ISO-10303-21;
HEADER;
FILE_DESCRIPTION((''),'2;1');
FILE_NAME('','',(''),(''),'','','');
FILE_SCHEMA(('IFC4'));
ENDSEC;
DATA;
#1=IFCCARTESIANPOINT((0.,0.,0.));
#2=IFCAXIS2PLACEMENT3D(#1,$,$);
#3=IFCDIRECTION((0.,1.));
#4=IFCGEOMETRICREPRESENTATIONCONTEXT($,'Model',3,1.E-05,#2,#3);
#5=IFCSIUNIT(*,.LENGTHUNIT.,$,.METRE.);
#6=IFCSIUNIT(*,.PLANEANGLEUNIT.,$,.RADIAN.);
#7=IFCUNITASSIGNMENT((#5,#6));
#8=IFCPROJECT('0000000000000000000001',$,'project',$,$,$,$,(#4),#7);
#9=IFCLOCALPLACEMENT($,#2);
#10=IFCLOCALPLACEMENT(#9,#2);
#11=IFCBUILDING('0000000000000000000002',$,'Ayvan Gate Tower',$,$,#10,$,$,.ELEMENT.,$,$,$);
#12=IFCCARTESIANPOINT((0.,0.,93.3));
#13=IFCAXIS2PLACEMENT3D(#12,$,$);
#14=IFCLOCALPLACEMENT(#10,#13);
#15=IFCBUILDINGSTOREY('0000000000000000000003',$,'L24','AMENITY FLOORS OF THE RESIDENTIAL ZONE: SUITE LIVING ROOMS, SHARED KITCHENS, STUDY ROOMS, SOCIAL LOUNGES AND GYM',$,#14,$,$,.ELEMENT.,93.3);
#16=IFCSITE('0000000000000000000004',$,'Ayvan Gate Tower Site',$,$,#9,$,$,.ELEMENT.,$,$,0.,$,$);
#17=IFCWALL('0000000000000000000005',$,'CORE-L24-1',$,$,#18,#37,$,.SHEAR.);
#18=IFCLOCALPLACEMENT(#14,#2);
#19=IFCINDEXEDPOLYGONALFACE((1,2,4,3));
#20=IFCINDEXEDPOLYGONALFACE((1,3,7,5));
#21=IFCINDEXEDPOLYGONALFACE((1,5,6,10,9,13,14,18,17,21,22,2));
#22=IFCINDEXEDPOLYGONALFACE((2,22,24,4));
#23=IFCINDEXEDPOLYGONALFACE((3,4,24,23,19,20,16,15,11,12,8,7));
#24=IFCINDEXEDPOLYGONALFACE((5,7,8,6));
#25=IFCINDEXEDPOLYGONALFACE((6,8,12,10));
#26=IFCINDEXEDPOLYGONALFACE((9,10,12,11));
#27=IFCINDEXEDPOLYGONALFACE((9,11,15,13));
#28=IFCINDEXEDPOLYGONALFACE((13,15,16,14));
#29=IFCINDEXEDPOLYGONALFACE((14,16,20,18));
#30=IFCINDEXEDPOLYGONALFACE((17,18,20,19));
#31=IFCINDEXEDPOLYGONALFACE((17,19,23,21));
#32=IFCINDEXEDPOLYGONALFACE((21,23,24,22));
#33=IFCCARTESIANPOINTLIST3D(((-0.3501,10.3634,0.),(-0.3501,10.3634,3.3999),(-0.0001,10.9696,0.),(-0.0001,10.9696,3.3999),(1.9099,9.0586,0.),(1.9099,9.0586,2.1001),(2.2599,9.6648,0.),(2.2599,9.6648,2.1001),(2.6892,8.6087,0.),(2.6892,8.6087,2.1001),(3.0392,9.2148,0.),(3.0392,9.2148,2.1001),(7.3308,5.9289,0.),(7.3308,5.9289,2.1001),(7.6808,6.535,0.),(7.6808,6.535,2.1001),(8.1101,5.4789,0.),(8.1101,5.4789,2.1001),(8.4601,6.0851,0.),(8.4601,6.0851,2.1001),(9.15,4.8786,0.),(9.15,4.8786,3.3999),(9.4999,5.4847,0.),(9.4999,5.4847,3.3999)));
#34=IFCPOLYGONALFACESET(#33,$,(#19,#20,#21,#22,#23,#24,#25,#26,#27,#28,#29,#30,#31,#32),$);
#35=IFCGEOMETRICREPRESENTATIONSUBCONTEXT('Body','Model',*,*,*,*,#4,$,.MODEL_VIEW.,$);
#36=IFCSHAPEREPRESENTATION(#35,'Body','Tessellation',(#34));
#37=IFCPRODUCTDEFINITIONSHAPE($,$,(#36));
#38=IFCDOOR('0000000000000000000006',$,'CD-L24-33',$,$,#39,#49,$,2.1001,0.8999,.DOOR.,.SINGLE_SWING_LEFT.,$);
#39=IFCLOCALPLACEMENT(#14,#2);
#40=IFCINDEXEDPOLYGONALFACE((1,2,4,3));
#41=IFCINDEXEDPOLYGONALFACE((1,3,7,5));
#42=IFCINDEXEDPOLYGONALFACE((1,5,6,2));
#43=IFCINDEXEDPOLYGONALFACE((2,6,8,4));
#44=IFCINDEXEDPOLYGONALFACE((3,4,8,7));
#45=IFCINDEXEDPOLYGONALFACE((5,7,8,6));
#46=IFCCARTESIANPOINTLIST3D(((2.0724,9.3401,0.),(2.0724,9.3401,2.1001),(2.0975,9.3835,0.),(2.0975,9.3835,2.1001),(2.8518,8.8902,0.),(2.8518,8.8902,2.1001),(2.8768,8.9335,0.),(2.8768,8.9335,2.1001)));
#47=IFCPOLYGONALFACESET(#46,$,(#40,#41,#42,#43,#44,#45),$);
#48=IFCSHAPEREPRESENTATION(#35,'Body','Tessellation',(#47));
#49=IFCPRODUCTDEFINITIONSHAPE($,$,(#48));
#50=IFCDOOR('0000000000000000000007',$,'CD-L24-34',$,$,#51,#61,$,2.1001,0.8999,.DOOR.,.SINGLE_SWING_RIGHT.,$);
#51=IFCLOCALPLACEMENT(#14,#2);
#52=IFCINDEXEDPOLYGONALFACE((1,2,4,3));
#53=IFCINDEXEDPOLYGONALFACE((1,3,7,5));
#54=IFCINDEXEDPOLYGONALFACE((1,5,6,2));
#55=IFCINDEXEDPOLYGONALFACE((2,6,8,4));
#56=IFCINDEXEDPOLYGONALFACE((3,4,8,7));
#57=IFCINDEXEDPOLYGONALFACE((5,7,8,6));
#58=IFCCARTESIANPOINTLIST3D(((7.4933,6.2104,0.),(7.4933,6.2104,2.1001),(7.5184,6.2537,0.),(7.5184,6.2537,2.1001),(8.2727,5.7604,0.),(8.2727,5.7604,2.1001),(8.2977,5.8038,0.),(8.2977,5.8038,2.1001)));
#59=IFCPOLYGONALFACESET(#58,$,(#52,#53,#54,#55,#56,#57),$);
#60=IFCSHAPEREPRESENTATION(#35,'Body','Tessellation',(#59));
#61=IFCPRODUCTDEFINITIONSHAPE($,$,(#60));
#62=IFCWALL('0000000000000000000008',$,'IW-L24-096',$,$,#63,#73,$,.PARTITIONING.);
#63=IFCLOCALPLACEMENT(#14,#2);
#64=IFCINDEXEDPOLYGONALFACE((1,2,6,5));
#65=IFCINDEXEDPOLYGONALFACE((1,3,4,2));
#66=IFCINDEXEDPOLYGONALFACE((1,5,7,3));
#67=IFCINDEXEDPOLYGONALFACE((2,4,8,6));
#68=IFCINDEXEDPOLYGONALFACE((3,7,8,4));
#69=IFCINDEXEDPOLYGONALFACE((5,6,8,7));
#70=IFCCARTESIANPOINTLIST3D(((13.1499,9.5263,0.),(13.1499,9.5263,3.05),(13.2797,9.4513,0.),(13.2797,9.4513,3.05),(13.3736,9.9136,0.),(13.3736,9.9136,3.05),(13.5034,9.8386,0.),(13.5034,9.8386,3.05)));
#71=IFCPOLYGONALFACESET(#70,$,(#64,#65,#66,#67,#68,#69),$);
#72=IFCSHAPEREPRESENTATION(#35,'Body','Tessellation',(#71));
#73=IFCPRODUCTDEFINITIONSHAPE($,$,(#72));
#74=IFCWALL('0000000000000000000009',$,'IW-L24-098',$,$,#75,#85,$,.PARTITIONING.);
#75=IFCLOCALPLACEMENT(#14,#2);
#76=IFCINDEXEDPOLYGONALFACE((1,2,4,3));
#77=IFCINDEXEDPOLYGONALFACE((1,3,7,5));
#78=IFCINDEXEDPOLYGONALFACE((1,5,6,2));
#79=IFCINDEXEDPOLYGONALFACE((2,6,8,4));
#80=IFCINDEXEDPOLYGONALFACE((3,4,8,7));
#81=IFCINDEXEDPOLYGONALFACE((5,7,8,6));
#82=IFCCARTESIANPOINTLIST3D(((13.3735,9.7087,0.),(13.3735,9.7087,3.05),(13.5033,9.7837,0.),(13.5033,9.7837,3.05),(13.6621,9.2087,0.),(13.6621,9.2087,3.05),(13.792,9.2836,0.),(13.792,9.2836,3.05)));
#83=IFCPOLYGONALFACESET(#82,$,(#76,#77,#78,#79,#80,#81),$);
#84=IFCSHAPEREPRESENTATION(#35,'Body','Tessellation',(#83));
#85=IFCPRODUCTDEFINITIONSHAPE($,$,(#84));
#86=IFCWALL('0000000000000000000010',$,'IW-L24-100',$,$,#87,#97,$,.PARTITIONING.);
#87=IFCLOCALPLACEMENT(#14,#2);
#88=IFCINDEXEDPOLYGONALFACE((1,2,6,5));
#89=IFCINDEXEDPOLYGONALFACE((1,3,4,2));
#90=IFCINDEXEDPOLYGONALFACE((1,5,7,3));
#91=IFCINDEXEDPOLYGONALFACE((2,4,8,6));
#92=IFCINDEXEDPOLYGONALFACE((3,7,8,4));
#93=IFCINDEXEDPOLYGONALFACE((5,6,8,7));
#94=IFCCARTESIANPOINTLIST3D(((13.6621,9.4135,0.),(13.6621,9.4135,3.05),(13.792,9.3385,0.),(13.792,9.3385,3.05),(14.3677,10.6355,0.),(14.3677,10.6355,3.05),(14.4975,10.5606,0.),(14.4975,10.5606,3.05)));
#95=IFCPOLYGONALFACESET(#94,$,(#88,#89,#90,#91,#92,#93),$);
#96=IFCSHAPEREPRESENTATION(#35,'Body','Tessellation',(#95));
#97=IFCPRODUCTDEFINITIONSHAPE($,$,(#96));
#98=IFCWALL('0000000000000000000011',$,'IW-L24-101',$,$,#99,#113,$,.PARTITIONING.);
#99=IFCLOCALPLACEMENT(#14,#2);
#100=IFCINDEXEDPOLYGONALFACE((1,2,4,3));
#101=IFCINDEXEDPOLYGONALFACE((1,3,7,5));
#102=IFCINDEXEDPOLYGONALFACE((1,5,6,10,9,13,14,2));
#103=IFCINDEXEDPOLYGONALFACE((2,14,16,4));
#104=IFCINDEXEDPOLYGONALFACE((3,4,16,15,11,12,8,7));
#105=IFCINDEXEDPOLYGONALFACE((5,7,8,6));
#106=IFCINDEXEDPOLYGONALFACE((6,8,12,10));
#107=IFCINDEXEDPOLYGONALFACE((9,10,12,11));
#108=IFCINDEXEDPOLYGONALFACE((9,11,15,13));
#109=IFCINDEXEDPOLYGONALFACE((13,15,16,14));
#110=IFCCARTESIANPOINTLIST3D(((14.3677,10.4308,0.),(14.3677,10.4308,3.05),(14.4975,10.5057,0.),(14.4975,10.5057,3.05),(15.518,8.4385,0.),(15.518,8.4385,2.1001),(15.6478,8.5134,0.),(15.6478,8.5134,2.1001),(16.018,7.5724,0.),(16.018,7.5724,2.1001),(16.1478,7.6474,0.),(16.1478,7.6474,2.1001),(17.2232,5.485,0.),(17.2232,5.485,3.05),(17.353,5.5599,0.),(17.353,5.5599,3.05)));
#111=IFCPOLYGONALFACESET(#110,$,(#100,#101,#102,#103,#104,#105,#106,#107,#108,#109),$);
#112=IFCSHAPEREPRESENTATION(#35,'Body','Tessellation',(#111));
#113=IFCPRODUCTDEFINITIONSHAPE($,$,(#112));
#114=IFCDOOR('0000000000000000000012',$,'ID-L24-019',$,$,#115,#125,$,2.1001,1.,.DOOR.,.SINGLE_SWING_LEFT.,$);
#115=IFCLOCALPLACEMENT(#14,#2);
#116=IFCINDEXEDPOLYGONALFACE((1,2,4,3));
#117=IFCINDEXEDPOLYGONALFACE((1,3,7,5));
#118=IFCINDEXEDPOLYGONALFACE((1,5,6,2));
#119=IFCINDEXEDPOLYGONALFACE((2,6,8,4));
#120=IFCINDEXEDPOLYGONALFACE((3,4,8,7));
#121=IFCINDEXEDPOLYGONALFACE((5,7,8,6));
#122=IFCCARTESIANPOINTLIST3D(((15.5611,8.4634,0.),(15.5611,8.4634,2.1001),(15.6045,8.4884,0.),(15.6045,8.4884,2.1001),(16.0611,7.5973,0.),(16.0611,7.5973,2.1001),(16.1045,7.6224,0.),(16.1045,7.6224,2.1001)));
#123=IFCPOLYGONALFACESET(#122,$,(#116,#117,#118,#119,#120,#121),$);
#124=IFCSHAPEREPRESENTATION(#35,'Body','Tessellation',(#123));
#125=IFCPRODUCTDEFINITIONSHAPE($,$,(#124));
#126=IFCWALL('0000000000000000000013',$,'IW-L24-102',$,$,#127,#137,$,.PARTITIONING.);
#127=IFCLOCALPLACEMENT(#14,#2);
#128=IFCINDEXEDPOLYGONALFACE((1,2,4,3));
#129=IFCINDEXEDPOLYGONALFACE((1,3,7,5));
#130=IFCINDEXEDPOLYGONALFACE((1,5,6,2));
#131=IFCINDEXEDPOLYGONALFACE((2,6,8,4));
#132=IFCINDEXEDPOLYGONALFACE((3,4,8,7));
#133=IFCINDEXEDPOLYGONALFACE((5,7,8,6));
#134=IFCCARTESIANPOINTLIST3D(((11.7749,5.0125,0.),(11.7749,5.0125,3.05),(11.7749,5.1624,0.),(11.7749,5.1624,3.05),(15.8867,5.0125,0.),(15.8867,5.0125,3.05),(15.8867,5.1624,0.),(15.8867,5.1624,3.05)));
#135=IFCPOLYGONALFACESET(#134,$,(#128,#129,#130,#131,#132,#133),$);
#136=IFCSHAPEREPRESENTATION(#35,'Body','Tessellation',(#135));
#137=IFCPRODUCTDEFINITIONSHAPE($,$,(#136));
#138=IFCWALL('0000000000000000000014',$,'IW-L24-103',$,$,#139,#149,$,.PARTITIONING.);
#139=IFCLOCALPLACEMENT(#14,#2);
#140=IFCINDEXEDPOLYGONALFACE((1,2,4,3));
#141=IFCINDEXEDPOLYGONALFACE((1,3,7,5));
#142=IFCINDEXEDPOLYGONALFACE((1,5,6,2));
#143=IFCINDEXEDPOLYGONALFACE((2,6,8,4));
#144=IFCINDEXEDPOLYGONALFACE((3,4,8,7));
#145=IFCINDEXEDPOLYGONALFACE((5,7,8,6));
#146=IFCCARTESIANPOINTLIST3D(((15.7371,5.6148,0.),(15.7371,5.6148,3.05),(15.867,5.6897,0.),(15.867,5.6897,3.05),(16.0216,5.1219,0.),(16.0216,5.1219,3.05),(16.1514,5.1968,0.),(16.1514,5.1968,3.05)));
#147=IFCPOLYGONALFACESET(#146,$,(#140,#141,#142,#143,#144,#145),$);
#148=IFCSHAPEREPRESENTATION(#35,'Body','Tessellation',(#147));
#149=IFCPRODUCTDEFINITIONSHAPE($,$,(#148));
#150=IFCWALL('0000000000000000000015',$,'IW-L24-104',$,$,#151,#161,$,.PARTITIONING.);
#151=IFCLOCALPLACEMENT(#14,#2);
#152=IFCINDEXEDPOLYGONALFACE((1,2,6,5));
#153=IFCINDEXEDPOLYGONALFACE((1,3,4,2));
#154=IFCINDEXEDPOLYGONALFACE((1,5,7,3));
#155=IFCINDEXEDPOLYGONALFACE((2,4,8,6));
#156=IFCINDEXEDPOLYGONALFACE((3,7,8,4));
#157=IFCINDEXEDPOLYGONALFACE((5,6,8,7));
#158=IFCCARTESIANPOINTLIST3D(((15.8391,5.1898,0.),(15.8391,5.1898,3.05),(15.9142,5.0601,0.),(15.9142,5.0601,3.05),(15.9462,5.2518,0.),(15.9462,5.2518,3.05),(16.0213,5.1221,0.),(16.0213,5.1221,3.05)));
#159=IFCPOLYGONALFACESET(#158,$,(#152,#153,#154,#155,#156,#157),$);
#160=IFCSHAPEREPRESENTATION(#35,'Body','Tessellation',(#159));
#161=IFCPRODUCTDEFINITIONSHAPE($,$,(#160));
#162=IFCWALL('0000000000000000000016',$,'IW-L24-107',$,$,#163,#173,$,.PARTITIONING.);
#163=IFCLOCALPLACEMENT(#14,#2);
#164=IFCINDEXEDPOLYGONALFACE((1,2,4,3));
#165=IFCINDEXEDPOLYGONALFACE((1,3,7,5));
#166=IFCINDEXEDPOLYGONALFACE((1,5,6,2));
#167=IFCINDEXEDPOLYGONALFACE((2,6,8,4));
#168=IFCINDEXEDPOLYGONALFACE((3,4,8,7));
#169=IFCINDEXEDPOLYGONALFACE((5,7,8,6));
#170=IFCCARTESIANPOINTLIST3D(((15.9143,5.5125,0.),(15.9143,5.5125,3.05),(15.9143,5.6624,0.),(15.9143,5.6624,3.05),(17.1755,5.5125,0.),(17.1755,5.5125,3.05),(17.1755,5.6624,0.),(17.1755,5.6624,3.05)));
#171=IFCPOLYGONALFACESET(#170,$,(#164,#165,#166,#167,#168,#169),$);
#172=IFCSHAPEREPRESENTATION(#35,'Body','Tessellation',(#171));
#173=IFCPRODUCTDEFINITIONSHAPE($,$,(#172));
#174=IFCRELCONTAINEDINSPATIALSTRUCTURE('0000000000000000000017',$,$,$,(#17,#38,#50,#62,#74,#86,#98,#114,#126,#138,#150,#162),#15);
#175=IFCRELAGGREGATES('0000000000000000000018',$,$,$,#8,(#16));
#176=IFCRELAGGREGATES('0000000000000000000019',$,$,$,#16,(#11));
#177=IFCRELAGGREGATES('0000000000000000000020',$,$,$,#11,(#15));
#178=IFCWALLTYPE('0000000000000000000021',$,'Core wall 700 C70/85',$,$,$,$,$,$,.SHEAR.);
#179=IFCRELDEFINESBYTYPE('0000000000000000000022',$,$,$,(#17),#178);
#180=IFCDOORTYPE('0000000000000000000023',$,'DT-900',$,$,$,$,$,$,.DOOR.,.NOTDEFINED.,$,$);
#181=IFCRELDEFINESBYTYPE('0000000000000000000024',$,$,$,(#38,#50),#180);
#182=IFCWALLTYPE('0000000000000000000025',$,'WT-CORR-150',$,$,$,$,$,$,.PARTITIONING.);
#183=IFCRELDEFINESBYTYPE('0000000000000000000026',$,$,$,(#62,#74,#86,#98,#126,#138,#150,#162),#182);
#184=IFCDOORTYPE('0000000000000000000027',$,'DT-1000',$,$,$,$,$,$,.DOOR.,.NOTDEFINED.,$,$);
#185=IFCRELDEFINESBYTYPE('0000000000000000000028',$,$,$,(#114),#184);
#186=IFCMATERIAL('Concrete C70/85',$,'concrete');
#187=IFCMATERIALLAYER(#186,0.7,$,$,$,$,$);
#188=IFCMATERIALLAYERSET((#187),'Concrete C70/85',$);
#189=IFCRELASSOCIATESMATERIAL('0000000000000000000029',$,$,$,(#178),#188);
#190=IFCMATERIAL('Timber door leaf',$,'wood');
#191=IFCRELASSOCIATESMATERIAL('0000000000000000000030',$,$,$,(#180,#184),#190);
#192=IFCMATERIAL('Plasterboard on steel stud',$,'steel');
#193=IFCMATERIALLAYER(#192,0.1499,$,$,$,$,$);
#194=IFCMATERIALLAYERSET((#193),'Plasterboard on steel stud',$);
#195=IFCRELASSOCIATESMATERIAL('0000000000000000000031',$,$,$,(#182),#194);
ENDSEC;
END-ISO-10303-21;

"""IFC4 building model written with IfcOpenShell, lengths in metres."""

from ifc_helpers import new_model, si_unit, direction, frame, frame_2d, origin, place, context, subcontext, project, spatial, rectangle, extrude, material, layer, layer_set, type_object, element, fill, save


model = new_model("IFC4")

# Units and contexts
model_context = context("Model", 3, precision=1e-05, world=origin(), true_north=direction((0.0, 1.0)))
body_context = subcontext(model_context, "Body", "Model", "MODEL_VIEW")
ifc_project = project(units=[si_unit("LENGTHUNIT", "METRE"), si_unit("PLANEANGLEUNIT", "RADIAN")], contexts=[model_context])

# Site, building, storey
site_placement = place(None, origin())
site = spatial("IfcSite", under=ifc_project, at=site_placement, Name="Ayvan Gate Tower Site", CompositionType="ELEMENT", RefElevation=0.0)
building_placement = place(site_placement, origin())
building = spatial("IfcBuilding", under=site, at=building_placement, Name="Ayvan Gate Tower", CompositionType="ELEMENT")
storey_placement = place(building_placement, frame((0.0, 0.0, 93.3)))
storey = spatial("IfcBuildingStorey", under=building, at=storey_placement, Name="L24", Description="AMENITY FLOORS OF THE RESIDENTIAL ZONE: SUITE LIVING ROOMS, SHARED KITCHENS, STUDY ROOMS, SOCIAL LOUNGES AND GYM", CompositionType="ELEMENT", Elevation=93.3)

# Wall, openings, doors
ifc_material_1 = material(Name="Concrete C70/85", Category="concrete")
ifc_layer_1 = layer(ifc_material_1, 0.7)
ifc_layer_set_1 = layer_set([ifc_layer_1], Name="Concrete C70/85")
wall_type_1 = type_object("IfcWallType", Name="Core wall 700 C70/85", PredefinedType="SHEAR", material=ifc_layer_set_1)
wall_1_placement = place(storey_placement, frame((9.325, 5.1816, 0.0), z_axis=(0.0, 0.0, 1.0), x_axis=(-0.866024, 0.500002, 0.0)))
wall_1 = element("IfcWall", 1, at=wall_1_placement, inside=storey, type_object=wall_type_1, Name="CORE-L24-1", PredefinedType="SHEAR", context=body_context, shape_type="SweptSolid", body=[
    extrude(rectangle(XDim=10.9697, YDim=0.7, at=frame_2d((5.4849, 0.0))), origin(), (0.0, 0.0, 1.0), 3.3999),
])
opening_1_placement = place(wall_1_placement, frame((7.4602, 0.0, 0.0)))
opening_1 = element("IfcOpeningElement", 2, at=opening_1_placement, cuts=wall_1, PredefinedType="OPENING", context=body_context, shape_type="SweptSolid", body=[
    extrude(rectangle(XDim=0.8999, YDim=2.1001, at=frame_2d((0.45, 1.05))), frame((0.0, 0.3599, 0.0), z_axis=(0.0, -1.0, 0.0), x_axis=(1.0, 0.0, 0.0)), (0.0, 0.0, 1.0), 0.72),
])
opening_2_placement = place(wall_1_placement, frame((1.2007, 0.0, 0.0)))
opening_2 = element("IfcOpeningElement", 3, at=opening_2_placement, cuts=wall_1, PredefinedType="OPENING", context=body_context, shape_type="SweptSolid", body=[
    extrude(rectangle(XDim=0.8999, YDim=2.1001, at=frame_2d((0.45, 1.05))), frame((0.0, 0.3599, 0.0), z_axis=(0.0, -1.0, 0.0), x_axis=(1.0, 0.0, 0.0)), (0.0, 0.0, 1.0), 0.72),
])
ifc_material_2 = material(Name="Timber door leaf", Category="wood")
door_type_1 = type_object("IfcDoorType", Name="DT-900", OperationType="NOTDEFINED", PredefinedType="DOOR", material=ifc_material_2)
door_1_placement = place(opening_1_placement, origin())
door_1 = element("IfcDoor", 4, at=door_1_placement, inside=storey, type_object=door_type_1, Name="CD-L24-33", OperationType="SINGLE_SWING_LEFT", OverallHeight=2.1001, OverallWidth=0.8999, PredefinedType="DOOR", context=body_context, shape_type="SweptSolid", body=[
    extrude(rectangle(XDim=0.8999, YDim=2.1001, at=frame_2d((0.45, 1.05))), frame((0.0, 0.0249, 0.0), z_axis=(0.0, -1.0, 0.0), x_axis=(1.0, 0.0, 0.0)), (0.0, 0.0, 1.0), 0.05),
])
fill(opening_1, door_1)
door_2_placement = place(opening_2_placement, origin())
door_2 = element("IfcDoor", 5, at=door_2_placement, inside=storey, type_object=door_type_1, Name="CD-L24-34", OperationType="SINGLE_SWING_RIGHT", OverallHeight=2.1001, OverallWidth=0.8999, PredefinedType="DOOR", context=body_context, shape_type="SweptSolid", body=[
    extrude(rectangle(XDim=0.8999, YDim=2.1001, at=frame_2d((0.45, 1.05))), frame((0.0, 0.0249, 0.0), z_axis=(0.0, -1.0, 0.0), x_axis=(1.0, 0.0, 0.0)), (0.0, 0.0, 1.0), 0.05),
])
fill(opening_2, door_2)

# Walls
ifc_material_3 = material(Name="Plasterboard on steel stud", Category="steel")
ifc_layer_2 = layer(ifc_material_3, 0.1499)
ifc_layer_set_2 = layer_set([ifc_layer_2], Name="Plasterboard on steel stud")
wall_type_2 = type_object("IfcWallType", Name="WT-CORR-150", PredefinedType="PARTITIONING", material=ifc_layer_set_2)
wall_2_placement = place(storey_placement, frame((13.2148, 9.4888, 0.0), z_axis=(0.0, 0.0, 1.0), x_axis=(0.500132, 0.865949, 0.0)))
element("IfcWall", 6, at=wall_2_placement, inside=storey, type_object=wall_type_2, Name="IW-L24-096", PredefinedType="PARTITIONING", context=body_context, shape_type="SweptSolid", body=[
    extrude(rectangle(XDim=0.4473, YDim=0.1499, at=frame_2d((0.2236, 0.0))), origin(), (0.0, 0.0, 1.0), 3.05),
])
wall_3_placement = place(storey_placement, frame((13.4385, 9.7461, 0.0), z_axis=(0.0, 0.0, 1.0), x_axis=(0.499869, -0.866101, 0.0)))
element("IfcWall", 7, at=wall_3_placement, inside=storey, type_object=wall_type_2, Name="IW-L24-098", PredefinedType="PARTITIONING", context=body_context, shape_type="SweptSolid", body=[
    extrude(rectangle(XDim=0.5774, YDim=0.1499, at=frame_2d((0.2886, 0.0))), origin(), (0.0, 0.0, 1.0), 3.05),
])
wall_4_placement = place(storey_placement, frame((13.7271, 9.376, 0.0), z_axis=(0.0, 0.0, 1.0), x_axis=(0.499972, 0.866042, 0.0)))
element("IfcWall", 8, at=wall_4_placement, inside=storey, type_object=wall_type_2, Name="IW-L24-100", PredefinedType="PARTITIONING", context=body_context, shape_type="SweptSolid", body=[
    extrude(rectangle(XDim=1.4111, YDim=0.1499, at=frame_2d((0.7056, 0.0))), origin(), (0.0, 0.0, 1.0), 3.05),
])

# Wall, opening, door
wall_5_placement = place(storey_placement, frame((14.4326, 10.4683, 0.0), z_axis=(0.0, 0.0, 1.0), x_axis=(0.500001, -0.866025, 0.0)))
wall_5 = element("IfcWall", 9, at=wall_5_placement, inside=storey, type_object=wall_type_2, Name="IW-L24-101", PredefinedType="PARTITIONING", context=body_context, shape_type="SweptSolid", body=[
    extrude(rectangle(XDim=5.7109, YDim=0.1499, at=frame_2d((2.8555, 0.0))), origin(), (0.0, 0.0, 1.0), 3.05),
])
opening_3_placement = place(wall_5_placement, frame((2.3005, 0.0, 0.0)))
opening_3 = element("IfcOpeningElement", 10, at=opening_3_placement, cuts=wall_5, PredefinedType="OPENING", context=body_context, shape_type="SweptSolid", body=[
    extrude(rectangle(XDim=1.0, YDim=2.1001, at=frame_2d((0.5, 1.05))), frame((0.0, 0.085, 0.0), z_axis=(0.0, -1.0, 0.0), x_axis=(1.0, 0.0, 0.0)), (0.0, 0.0, 1.0), 0.1699),
])
door_type_2 = type_object("IfcDoorType", Name="DT-1000", OperationType="NOTDEFINED", PredefinedType="DOOR", material=ifc_material_2)
door_3_placement = place(opening_3_placement, origin())
door_3 = element("IfcDoor", 11, at=door_3_placement, inside=storey, type_object=door_type_2, Name="ID-L24-019", OperationType="SINGLE_SWING_LEFT", OverallHeight=2.1001, OverallWidth=1.0, PredefinedType="DOOR", context=body_context, shape_type="SweptSolid", body=[
    extrude(rectangle(XDim=1.0, YDim=2.1001, at=frame_2d((0.5, 1.05))), frame((0.0, 0.0249, 0.0), z_axis=(0.0, -1.0, 0.0), x_axis=(1.0, 0.0, 0.0)), (0.0, 0.0, 1.0), 0.05),
])
fill(opening_3, door_3)

# Walls
wall_6_placement = place(storey_placement, frame((15.8867, 5.0874, 0.0), z_axis=(0.0, 0.0, 1.0), x_axis=(-1.0, 0.0, 0.0)))
element("IfcWall", 12, at=wall_6_placement, inside=storey, type_object=wall_type_2, Name="IW-L24-102", PredefinedType="PARTITIONING", context=body_context, shape_type="SweptSolid", body=[
    extrude(rectangle(XDim=4.1118, YDim=0.1499, at=frame_2d((2.0559, 0.0))), origin(), (0.0, 0.0, 1.0), 3.05),
])
wall_7_placement = place(storey_placement, frame((15.802, 5.6523, 0.0), z_axis=(0.0, 0.0, 1.0), x_axis=(0.499784, -0.86615, 0.0)))
element("IfcWall", 13, at=wall_7_placement, inside=storey, type_object=wall_type_2, Name="IW-L24-103", PredefinedType="PARTITIONING", context=body_context, shape_type="SweptSolid", body=[
    extrude(rectangle(XDim=0.5691, YDim=0.1499, at=frame_2d((0.2847, 0.0))), origin(), (0.0, 0.0, 1.0), 3.05),
])
wall_8_placement = place(storey_placement, frame((15.9839, 5.187, 0.0), z_axis=(0.0, 0.0, 1.0), x_axis=(-0.865561, -0.500803, 0.0)))
element("IfcWall", 14, at=wall_8_placement, inside=storey, type_object=wall_type_2, Name="IW-L24-104", PredefinedType="PARTITIONING", context=body_context, shape_type="SweptSolid", body=[
    extrude(rectangle(XDim=0.1238, YDim=0.1499, at=frame_2d((0.062, 0.0))), origin(), (0.0, 0.0, 1.0), 3.05),
])
wall_9_placement = place(storey_placement, frame((17.1755, 5.5874, 0.0), z_axis=(0.0, 0.0, 1.0), x_axis=(-1.0, 0.0, 0.0)))
element("IfcWall", 15, at=wall_9_placement, inside=storey, type_object=wall_type_2, Name="IW-L24-107", PredefinedType="PARTITIONING", context=body_context, shape_type="SweptSolid", body=[
    extrude(rectangle(XDim=1.2612, YDim=0.1499, at=frame_2d((0.6306, 0.0))), origin(), (0.0, 0.0, 1.0), 3.05),
])

save(model, "model.ifc")
